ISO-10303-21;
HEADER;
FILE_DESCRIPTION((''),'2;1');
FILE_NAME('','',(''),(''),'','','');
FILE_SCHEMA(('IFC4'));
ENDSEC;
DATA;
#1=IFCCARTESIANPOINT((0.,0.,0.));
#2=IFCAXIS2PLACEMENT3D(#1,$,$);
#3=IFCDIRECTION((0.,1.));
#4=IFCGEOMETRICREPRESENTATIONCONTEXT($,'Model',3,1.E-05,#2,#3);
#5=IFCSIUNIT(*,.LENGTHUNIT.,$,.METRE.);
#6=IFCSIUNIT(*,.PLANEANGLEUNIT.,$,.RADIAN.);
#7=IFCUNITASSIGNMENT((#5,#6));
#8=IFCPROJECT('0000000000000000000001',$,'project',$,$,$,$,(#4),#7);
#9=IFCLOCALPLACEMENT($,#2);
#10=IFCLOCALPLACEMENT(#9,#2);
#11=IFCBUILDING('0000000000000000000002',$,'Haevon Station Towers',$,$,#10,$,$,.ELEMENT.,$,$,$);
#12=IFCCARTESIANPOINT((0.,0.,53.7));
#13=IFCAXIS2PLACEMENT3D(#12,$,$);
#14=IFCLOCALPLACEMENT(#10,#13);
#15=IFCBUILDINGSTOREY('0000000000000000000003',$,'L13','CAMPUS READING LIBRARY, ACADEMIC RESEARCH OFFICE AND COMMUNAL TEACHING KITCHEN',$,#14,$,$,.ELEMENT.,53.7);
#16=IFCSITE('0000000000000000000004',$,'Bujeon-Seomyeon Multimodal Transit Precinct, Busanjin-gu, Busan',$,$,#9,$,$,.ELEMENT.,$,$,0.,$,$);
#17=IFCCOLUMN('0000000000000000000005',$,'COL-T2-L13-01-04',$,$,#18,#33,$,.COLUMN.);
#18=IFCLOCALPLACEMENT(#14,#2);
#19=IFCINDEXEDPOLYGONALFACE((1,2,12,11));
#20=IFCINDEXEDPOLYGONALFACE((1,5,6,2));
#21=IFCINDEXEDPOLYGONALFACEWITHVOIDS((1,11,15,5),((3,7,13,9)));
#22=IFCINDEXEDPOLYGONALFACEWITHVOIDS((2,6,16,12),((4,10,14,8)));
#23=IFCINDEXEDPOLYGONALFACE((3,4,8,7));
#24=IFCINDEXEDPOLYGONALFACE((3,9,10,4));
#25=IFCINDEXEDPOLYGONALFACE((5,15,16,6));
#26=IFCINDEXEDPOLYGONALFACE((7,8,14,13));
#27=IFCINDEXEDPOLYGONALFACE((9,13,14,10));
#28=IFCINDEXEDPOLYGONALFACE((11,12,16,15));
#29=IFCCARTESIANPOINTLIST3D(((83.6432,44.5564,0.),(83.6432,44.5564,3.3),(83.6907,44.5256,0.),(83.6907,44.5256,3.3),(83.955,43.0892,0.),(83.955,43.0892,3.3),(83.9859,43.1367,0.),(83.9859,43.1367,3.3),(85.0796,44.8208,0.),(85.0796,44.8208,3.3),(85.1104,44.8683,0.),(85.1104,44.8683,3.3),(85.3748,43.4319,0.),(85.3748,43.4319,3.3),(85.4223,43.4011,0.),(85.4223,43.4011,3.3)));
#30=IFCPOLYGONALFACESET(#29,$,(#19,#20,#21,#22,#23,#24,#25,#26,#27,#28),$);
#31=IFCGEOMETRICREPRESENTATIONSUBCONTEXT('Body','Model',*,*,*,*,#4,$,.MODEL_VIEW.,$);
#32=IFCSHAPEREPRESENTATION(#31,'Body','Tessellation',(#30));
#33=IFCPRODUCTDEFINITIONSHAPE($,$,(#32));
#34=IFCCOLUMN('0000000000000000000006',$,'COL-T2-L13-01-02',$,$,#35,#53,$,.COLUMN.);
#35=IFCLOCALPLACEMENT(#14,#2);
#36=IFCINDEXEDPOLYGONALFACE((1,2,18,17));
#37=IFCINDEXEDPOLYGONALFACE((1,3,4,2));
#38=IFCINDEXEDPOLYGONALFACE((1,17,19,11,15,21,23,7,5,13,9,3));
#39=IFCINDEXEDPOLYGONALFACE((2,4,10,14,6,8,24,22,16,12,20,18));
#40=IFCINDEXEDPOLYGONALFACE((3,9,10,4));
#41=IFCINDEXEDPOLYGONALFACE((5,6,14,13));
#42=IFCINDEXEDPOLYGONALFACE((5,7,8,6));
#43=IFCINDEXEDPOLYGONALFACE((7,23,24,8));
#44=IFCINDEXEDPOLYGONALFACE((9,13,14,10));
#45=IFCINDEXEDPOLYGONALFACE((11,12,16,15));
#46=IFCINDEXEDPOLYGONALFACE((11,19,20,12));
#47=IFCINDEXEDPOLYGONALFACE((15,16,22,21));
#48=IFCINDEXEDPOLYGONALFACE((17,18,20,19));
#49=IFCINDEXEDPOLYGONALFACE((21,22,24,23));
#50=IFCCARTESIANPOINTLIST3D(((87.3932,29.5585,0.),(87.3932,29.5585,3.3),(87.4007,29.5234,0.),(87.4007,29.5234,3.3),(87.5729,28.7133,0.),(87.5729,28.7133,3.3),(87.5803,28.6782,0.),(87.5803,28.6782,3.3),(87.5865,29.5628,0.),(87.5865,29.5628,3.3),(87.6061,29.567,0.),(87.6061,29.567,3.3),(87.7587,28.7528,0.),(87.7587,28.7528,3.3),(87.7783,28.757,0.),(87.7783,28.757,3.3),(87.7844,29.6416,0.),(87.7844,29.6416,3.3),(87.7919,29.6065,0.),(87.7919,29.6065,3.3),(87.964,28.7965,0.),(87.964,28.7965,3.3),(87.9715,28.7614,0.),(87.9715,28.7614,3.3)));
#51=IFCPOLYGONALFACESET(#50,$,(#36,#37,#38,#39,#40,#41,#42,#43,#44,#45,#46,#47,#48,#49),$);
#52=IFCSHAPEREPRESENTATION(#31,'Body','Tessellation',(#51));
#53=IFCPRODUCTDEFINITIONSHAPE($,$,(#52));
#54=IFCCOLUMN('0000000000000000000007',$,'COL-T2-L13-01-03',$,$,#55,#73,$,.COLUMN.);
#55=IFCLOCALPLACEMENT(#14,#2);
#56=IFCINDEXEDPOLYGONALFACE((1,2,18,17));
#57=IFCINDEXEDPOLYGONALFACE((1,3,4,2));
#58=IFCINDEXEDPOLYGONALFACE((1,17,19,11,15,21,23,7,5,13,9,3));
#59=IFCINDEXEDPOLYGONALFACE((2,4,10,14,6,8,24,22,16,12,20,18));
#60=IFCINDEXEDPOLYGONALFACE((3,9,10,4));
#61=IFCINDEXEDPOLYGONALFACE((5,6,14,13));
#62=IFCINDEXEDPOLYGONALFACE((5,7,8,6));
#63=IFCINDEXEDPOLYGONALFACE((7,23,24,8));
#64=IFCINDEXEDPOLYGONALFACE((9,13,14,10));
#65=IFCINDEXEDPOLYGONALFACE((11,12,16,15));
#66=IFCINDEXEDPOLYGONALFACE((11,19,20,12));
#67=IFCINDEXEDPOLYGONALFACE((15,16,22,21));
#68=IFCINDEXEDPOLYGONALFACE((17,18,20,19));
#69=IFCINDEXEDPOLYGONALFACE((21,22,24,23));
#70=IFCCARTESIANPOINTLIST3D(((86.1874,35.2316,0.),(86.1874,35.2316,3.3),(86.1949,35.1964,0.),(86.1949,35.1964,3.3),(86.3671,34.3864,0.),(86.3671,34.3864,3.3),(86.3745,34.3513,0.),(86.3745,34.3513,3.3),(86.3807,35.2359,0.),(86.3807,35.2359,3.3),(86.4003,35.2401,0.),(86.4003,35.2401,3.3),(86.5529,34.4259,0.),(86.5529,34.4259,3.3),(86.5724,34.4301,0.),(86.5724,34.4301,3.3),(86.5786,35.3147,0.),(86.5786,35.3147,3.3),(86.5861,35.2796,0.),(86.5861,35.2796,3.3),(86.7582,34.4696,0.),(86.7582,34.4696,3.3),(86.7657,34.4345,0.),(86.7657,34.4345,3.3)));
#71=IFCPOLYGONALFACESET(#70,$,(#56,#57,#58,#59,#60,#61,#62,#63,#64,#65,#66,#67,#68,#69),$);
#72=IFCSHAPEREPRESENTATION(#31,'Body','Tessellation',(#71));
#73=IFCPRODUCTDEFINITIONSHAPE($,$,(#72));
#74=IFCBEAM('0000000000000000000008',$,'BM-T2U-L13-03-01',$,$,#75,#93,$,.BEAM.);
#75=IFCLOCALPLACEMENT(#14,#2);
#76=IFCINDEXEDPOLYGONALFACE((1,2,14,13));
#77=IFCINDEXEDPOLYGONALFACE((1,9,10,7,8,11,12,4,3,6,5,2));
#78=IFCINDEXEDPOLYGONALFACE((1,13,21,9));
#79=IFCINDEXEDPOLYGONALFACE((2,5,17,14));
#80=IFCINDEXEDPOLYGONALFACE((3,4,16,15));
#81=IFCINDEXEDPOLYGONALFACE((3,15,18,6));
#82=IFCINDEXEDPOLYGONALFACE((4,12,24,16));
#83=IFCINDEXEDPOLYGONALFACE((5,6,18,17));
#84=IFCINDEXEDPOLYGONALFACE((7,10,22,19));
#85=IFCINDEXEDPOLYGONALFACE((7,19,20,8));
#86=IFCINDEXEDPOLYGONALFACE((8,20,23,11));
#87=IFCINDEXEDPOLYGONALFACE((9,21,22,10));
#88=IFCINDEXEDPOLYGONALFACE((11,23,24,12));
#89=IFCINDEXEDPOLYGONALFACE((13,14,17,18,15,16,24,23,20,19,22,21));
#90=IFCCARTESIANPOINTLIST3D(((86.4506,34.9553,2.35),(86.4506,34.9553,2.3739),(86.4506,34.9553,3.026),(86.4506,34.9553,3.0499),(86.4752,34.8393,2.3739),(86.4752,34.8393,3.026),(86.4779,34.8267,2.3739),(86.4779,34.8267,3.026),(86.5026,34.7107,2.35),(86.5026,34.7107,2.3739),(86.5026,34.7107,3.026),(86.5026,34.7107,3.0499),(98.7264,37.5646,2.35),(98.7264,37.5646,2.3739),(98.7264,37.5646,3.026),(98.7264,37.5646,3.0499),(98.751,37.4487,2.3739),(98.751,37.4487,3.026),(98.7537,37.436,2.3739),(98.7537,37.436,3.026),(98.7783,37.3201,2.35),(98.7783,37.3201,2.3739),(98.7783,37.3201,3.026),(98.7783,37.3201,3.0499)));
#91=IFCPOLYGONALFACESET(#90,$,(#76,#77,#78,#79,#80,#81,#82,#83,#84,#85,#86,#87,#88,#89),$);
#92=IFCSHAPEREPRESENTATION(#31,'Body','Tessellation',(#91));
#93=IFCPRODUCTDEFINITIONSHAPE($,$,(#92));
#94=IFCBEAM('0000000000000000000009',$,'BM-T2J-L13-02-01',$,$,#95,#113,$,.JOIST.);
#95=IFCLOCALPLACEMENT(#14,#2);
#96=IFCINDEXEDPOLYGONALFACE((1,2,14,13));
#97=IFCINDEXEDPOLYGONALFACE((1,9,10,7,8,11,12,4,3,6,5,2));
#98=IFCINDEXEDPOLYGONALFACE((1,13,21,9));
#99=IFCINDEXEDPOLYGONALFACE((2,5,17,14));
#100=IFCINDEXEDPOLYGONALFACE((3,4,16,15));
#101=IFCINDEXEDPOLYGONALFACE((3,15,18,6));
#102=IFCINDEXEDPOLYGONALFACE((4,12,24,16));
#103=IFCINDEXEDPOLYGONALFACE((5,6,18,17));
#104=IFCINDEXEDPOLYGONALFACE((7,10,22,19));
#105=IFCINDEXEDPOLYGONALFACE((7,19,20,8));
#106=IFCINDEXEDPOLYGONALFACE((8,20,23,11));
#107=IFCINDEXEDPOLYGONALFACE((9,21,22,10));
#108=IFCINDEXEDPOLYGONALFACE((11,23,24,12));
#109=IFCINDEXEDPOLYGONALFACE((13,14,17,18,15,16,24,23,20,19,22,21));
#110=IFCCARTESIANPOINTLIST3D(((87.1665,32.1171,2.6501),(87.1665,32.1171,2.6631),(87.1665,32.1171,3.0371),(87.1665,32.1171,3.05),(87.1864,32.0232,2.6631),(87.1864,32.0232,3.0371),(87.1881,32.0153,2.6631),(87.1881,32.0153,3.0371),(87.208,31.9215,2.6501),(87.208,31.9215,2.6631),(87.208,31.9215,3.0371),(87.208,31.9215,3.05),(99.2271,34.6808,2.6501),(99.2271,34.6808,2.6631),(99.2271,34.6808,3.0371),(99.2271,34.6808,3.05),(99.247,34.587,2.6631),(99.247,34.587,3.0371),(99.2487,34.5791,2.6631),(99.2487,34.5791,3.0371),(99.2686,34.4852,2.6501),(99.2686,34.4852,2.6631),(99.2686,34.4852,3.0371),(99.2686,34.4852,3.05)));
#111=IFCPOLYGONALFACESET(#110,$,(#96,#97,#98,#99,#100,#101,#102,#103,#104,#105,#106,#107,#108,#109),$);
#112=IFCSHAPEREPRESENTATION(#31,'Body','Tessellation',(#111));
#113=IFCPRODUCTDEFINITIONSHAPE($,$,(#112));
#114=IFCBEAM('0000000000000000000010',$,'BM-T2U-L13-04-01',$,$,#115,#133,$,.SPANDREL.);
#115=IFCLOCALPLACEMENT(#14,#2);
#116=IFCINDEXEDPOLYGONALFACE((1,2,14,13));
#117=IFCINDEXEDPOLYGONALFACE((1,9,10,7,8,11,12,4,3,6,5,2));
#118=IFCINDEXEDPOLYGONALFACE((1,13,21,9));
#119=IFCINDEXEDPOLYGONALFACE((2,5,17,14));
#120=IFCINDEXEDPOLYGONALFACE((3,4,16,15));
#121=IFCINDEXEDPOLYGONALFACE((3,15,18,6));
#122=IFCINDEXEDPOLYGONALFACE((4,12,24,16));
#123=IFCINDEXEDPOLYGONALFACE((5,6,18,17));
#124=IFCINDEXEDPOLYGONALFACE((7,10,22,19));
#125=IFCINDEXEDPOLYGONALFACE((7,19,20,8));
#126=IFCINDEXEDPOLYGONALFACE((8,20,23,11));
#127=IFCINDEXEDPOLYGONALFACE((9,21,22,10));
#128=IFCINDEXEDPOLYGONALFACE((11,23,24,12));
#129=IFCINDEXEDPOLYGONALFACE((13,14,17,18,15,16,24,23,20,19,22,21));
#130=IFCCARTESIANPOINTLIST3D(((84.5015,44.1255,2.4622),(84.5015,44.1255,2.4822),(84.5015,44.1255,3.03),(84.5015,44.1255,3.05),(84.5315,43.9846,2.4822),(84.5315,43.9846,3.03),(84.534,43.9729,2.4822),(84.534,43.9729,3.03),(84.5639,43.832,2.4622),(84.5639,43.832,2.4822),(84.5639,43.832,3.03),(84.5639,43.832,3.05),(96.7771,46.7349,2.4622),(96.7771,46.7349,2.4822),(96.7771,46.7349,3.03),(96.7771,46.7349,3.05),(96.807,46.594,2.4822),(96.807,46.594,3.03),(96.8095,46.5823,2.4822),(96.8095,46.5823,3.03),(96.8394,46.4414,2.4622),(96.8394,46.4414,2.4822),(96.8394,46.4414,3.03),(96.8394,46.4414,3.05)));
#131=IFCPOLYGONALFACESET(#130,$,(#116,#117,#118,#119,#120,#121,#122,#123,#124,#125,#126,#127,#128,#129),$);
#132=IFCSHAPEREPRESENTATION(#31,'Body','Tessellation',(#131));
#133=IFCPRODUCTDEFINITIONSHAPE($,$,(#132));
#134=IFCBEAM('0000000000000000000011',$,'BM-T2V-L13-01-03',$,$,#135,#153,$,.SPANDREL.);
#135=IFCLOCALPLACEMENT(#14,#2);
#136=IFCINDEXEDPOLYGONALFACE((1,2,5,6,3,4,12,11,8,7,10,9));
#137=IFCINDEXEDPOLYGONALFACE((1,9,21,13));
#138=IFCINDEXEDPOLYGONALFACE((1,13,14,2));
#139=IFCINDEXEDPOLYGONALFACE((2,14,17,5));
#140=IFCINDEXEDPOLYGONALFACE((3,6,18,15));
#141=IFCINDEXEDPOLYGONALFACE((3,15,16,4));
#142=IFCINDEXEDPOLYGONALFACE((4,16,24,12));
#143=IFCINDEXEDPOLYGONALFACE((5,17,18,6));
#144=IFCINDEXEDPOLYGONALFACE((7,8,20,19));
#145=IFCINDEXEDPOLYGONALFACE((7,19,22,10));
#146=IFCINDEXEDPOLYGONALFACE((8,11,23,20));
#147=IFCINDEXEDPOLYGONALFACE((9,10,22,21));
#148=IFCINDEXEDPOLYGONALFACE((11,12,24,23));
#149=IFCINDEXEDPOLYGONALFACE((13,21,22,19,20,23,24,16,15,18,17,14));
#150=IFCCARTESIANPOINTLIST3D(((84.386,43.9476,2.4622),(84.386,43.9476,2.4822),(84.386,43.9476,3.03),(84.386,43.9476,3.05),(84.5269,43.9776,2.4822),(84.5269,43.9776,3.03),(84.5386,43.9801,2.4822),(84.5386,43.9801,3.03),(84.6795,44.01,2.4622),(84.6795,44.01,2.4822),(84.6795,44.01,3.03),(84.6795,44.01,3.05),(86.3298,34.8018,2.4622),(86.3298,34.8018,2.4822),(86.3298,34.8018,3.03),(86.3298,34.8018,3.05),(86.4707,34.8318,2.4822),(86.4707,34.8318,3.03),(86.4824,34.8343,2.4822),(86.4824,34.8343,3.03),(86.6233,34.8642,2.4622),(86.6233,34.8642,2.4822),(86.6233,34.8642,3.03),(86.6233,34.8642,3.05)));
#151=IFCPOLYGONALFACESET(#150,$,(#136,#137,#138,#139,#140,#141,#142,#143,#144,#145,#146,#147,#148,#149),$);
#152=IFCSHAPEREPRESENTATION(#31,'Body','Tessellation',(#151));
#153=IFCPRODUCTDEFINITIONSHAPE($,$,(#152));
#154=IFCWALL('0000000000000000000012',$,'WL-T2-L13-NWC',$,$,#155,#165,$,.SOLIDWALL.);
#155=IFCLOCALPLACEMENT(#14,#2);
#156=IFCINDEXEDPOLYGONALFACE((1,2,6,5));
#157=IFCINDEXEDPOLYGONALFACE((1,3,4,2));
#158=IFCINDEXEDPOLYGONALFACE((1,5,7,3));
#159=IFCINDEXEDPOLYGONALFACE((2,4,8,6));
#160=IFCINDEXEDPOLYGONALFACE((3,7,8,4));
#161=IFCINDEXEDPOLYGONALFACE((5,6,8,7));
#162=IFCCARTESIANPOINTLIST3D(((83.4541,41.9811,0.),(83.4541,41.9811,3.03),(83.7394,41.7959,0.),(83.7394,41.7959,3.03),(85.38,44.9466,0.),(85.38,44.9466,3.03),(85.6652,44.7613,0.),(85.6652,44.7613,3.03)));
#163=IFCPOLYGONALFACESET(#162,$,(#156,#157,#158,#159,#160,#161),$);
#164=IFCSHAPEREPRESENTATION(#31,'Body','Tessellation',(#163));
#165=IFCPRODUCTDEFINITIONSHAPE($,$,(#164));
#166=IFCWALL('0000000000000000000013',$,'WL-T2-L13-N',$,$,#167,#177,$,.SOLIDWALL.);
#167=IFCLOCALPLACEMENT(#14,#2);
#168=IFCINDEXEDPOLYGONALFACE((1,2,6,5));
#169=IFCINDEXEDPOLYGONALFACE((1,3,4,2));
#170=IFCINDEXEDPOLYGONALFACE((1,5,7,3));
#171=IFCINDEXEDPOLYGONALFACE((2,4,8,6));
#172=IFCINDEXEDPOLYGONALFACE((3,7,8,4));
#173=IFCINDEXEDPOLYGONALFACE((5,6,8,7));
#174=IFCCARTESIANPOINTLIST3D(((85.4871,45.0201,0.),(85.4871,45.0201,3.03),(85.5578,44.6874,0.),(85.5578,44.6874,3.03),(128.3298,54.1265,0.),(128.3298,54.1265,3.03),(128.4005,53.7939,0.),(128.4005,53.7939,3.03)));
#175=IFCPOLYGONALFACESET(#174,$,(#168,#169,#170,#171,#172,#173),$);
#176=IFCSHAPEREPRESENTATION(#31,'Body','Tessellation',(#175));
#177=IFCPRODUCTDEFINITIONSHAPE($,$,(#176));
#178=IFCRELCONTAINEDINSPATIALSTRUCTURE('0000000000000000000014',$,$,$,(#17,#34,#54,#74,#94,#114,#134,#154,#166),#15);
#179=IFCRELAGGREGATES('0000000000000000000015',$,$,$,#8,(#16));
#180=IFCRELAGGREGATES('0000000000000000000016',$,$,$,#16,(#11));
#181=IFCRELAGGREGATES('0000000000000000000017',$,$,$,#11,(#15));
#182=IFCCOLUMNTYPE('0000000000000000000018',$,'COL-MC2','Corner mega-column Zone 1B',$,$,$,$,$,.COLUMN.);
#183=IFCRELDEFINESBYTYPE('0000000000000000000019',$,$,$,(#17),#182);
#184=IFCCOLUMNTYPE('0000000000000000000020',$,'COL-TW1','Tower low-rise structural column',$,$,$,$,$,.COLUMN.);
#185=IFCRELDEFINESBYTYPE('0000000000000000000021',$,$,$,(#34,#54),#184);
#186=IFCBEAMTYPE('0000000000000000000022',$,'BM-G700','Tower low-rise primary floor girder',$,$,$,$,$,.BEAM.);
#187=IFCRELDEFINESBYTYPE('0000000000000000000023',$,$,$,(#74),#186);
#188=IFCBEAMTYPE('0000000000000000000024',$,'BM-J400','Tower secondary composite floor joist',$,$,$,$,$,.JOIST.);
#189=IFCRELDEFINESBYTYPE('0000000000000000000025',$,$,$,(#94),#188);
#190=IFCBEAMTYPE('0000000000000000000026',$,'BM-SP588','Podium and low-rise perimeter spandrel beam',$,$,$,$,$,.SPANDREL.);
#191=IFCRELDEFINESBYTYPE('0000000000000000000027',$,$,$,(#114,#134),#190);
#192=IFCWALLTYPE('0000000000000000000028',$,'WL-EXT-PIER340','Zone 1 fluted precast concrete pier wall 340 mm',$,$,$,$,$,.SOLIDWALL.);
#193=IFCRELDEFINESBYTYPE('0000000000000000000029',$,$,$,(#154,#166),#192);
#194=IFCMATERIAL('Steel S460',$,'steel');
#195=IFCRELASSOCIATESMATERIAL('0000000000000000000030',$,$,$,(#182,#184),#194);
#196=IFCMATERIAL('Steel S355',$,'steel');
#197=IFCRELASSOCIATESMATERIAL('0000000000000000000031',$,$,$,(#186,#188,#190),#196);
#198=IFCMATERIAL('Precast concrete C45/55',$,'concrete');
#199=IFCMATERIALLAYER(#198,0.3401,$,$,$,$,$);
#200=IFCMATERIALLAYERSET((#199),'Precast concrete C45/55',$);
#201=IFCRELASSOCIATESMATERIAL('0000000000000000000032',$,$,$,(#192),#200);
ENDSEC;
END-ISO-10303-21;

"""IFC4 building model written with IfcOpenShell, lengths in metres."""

from ifc_helpers import new_model, si_unit, direction, frame, frame_2d, origin, origin_2d, place, context, subcontext, project, spatial, rectangle, hollow_rectangle, i_section, extrude, material, layer, layer_set, material_profile, profile_set, type_object, element, save


model = new_model("IFC4")

# Units and contexts
model_context = context("Model", 3, precision=1e-05, world=origin(), true_north=direction((0.0, 1.0)))
body_context = subcontext(model_context, "Body", "Model", "MODEL_VIEW")
ifc_project = project(units=[si_unit("LENGTHUNIT", "METRE"), si_unit("PLANEANGLEUNIT", "RADIAN")], contexts=[model_context])

# Site, building, storey
site_placement = place(None, origin())
site = spatial("IfcSite", under=ifc_project, at=site_placement, Name="Bujeon-Seomyeon Multimodal Transit Precinct, Busanjin-gu, Busan", CompositionType="ELEMENT", RefElevation=0.0)
building_placement = place(site_placement, origin())
building = spatial("IfcBuilding", under=site, at=building_placement, Name="Haevon Station Towers", CompositionType="ELEMENT")
storey_placement = place(building_placement, frame((0.0, 0.0, 53.7)))
storey = spatial("IfcBuildingStorey", under=building, at=storey_placement, Name="L13", Description="CAMPUS READING LIBRARY, ACADEMIC RESEARCH OFFICE AND COMMUNAL TEACHING KITCHEN", CompositionType="ELEMENT", Elevation=53.7)

# Columns
ifc_material_1 = material(Name="Steel S460", Category="steel")
ifc_material_profile_1 = material_profile(ifc_material_1, hollow_rectangle(XDim=1.5, YDim=1.5, WallThickness=0.04, at=origin_2d()), Name="BOX-1500x1500x40")
ifc_profile_set_1 = profile_set([ifc_material_profile_1], Name="Steel S460")
column_type_1 = type_object("IfcColumnType", Name="COL-MC2", Description="Corner mega-column Zone 1B", PredefinedType="COLUMN", material=ifc_profile_set_1)
column_placement = place(storey_placement, frame((84.5327, 43.9788, 0.0), z_axis=(0.0, 0.0, 1.0), x_axis=(0.978148, 0.207912, 0.0)))
element("IfcColumn", 1, at=column_placement, inside=storey, type_object=column_type_1, Name="COL-T2-L13-01-04", PredefinedType="COLUMN", context=body_context, shape_type="SweptSolid", body=[
    extrude(hollow_rectangle(XDim=1.5, YDim=1.5, WallThickness=0.04, at=origin_2d()), origin(), (0.0, 0.0, 1.0), 3.3),
])
ifc_material_profile_2 = material_profile(ifc_material_1, i_section(OverallWidth=0.3999, OverallDepth=0.8999, WebThickness=0.02, FlangeThickness=0.0359, at=origin_2d()), Name="H-900x400x20x36")
ifc_profile_set_2 = profile_set([ifc_material_profile_2], Name="Steel S460")
column_type_2 = type_object("IfcColumnType", Name="COL-TW1", Description="Tower low-rise structural column", PredefinedType="COLUMN", material=ifc_profile_set_2)
for number, where, z_axis, x_axis, name in (
    (2, (87.6824, 29.1599, 0.0), (0.0, 0.0, 1.0), (0.978148, 0.207912, 0.0), "COL-T2-L13-01-02"),
    (3, (86.4766, 34.833, 0.0), (0.0, 0.0, 1.0), (0.978148, 0.207912, 0.0), "COL-T2-L13-01-03"),
):
    element("IfcColumn", number, at=place(storey_placement, frame(where, z_axis=z_axis, x_axis=x_axis)), inside=storey, type_object=column_type_2, Name=name, PredefinedType="COLUMN", context=body_context, shape_type="SweptSolid", body=[
        extrude(i_section(OverallWidth=0.3999, OverallDepth=0.8999, WebThickness=0.02, FlangeThickness=0.0359, at=origin_2d()), origin(), (0.0, 0.0, 1.0), 3.3),
    ])

# Beams
ifc_material_2 = material(Name="Steel S355", Category="steel")
ifc_material_profile_3 = material_profile(ifc_material_2, i_section(OverallWidth=0.25, OverallDepth=0.7, WebThickness=0.0129, FlangeThickness=0.0239, at=origin_2d()), Name="H-700x250x13x24")
ifc_profile_set_3 = profile_set([ifc_material_profile_3], Name="Steel S355")
beam_type_1 = type_object("IfcBeamType", Name="BM-G700", Description="Tower low-rise primary floor girder", PredefinedType="BEAM", material=ifc_profile_set_3)
beam_1_placement = place(storey_placement, frame((86.4766, 34.833, 2.7), z_axis=(0.978147, 0.207916, 0.0), x_axis=(-0.207916, 0.978147, 0.0)))
element("IfcBeam", 4, at=beam_1_placement, inside=storey, type_object=beam_type_1, Name="BM-T2U-L13-03-01", PredefinedType="BEAM", context=body_context, shape_type="SweptSolid", body=[
    extrude(i_section(OverallWidth=0.25, OverallDepth=0.7, WebThickness=0.0129, FlangeThickness=0.0239, at=origin_2d()), origin(), (0.0, 0.0, 1.0), 12.55),
])
ifc_material_profile_4 = material_profile(ifc_material_2, i_section(OverallWidth=0.2, OverallDepth=0.3999, WebThickness=0.0081, FlangeThickness=0.0129, at=origin_2d()), Name="H-400x200x8x13")
ifc_profile_set_4 = profile_set([ifc_material_profile_4], Name="Steel S355")
beam_type_2 = type_object("IfcBeamType", Name="BM-J400", Description="Tower secondary composite floor joist", PredefinedType="JOIST", material=ifc_profile_set_4)
beam_2_placement = place(storey_placement, frame((87.1873, 32.0193, 2.8501), z_axis=(0.978145, 0.207925, 0.0), x_axis=(-0.207925, 0.978145, 0.0)))
element("IfcBeam", 5, at=beam_2_placement, inside=storey, type_object=beam_type_2, Name="BM-T2J-L13-02-01", PredefinedType="JOIST", context=body_context, shape_type="SweptSolid", body=[
    extrude(i_section(OverallWidth=0.2, OverallDepth=0.3999, WebThickness=0.0081, FlangeThickness=0.0129, at=origin_2d()), origin(), (0.0, 0.0, 1.0), 12.3301),
])
ifc_material_profile_5 = material_profile(ifc_material_2, i_section(OverallWidth=0.3, OverallDepth=0.5879, WebThickness=0.012, FlangeThickness=0.02, at=origin_2d()), Name="H-588x300x12x20")
ifc_profile_set_5 = profile_set([ifc_material_profile_5], Name="Steel S355")
beam_type_3 = type_object("IfcBeamType", Name="BM-SP588", Description="Podium and low-rise perimeter spandrel beam", PredefinedType="SPANDREL", material=ifc_profile_set_5)
beam_3_placement = place(storey_placement, frame((84.5327, 43.9788, 2.7561), z_axis=(0.978146, 0.20792, 0.0), x_axis=(-0.20792, 0.978146, 0.0)))
element("IfcBeam", 6, at=beam_3_placement, inside=storey, type_object=beam_type_3, Name="BM-T2U-L13-04-01", PredefinedType="SPANDREL", context=body_context, shape_type="SweptSolid", body=[
    extrude(i_section(OverallWidth=0.3, OverallDepth=0.5879, WebThickness=0.012, FlangeThickness=0.02, at=origin_2d()), origin(), (0.0, 0.0, 1.0), 12.5498),
])
beam_4_placement = place(storey_placement, frame((86.4766, 34.833, 2.7561), z_axis=(-0.207897, 0.978151, 0.0), x_axis=(-0.978151, -0.207897, 0.0)))
element("IfcBeam", 7, at=beam_4_placement, inside=storey, type_object=beam_type_3, Name="BM-T2V-L13-01-03", PredefinedType="SPANDREL", context=body_context, shape_type="SweptSolid", body=[
    extrude(i_section(OverallWidth=0.3, OverallDepth=0.5879, WebThickness=0.012, FlangeThickness=0.02, at=origin_2d()), origin(), (0.0, 0.0, 1.0), 9.3501),
])

# Walls
ifc_material_3 = material(Name="Precast concrete C45/55", Category="concrete")
ifc_layer = layer(ifc_material_3, 0.3401)
ifc_layer_set = layer_set([ifc_layer], Name="Precast concrete C45/55")
wall_type = type_object("IfcWallType", Name="WL-EXT-PIER340", Description="Zone 1 fluted precast concrete pier wall 340 mm", PredefinedType="SOLIDWALL", material=ifc_layer_set)
wall_1_placement = place(storey_placement, frame((83.5967, 41.8884, 0.0), z_axis=(0.0, 0.0, 1.0), x_axis=(0.544653, 0.838661, 0.0)))
element("IfcWall", 8, at=wall_1_placement, inside=storey, type_object=wall_type, Name="WL-T2-L13-NWC", PredefinedType="SOLIDWALL", context=body_context, shape_type="SweptSolid", body=[
    extrude(rectangle(XDim=3.5359, YDim=0.3401, at=frame_2d((1.7681, 0.0))), origin(), (0.0, 0.0, 1.0), 3.03),
])
wall_2_placement = place(storey_placement, frame((85.5225, 44.8538, 0.0), z_axis=(0.0, 0.0, 1.0), x_axis=(0.978148, 0.20791, 0.0)))
element("IfcWall", 9, at=wall_2_placement, inside=storey, type_object=wall_type, Name="WL-T2-L13-N", PredefinedType="SOLIDWALL", context=body_context, shape_type="SweptSolid", body=[
    extrude(rectangle(XDim=43.7998, YDim=0.3401, at=frame_2d((21.8999, 0.0))), origin(), (0.0, 0.0, 1.0), 3.03),
])

save(model, "model.ifc")
